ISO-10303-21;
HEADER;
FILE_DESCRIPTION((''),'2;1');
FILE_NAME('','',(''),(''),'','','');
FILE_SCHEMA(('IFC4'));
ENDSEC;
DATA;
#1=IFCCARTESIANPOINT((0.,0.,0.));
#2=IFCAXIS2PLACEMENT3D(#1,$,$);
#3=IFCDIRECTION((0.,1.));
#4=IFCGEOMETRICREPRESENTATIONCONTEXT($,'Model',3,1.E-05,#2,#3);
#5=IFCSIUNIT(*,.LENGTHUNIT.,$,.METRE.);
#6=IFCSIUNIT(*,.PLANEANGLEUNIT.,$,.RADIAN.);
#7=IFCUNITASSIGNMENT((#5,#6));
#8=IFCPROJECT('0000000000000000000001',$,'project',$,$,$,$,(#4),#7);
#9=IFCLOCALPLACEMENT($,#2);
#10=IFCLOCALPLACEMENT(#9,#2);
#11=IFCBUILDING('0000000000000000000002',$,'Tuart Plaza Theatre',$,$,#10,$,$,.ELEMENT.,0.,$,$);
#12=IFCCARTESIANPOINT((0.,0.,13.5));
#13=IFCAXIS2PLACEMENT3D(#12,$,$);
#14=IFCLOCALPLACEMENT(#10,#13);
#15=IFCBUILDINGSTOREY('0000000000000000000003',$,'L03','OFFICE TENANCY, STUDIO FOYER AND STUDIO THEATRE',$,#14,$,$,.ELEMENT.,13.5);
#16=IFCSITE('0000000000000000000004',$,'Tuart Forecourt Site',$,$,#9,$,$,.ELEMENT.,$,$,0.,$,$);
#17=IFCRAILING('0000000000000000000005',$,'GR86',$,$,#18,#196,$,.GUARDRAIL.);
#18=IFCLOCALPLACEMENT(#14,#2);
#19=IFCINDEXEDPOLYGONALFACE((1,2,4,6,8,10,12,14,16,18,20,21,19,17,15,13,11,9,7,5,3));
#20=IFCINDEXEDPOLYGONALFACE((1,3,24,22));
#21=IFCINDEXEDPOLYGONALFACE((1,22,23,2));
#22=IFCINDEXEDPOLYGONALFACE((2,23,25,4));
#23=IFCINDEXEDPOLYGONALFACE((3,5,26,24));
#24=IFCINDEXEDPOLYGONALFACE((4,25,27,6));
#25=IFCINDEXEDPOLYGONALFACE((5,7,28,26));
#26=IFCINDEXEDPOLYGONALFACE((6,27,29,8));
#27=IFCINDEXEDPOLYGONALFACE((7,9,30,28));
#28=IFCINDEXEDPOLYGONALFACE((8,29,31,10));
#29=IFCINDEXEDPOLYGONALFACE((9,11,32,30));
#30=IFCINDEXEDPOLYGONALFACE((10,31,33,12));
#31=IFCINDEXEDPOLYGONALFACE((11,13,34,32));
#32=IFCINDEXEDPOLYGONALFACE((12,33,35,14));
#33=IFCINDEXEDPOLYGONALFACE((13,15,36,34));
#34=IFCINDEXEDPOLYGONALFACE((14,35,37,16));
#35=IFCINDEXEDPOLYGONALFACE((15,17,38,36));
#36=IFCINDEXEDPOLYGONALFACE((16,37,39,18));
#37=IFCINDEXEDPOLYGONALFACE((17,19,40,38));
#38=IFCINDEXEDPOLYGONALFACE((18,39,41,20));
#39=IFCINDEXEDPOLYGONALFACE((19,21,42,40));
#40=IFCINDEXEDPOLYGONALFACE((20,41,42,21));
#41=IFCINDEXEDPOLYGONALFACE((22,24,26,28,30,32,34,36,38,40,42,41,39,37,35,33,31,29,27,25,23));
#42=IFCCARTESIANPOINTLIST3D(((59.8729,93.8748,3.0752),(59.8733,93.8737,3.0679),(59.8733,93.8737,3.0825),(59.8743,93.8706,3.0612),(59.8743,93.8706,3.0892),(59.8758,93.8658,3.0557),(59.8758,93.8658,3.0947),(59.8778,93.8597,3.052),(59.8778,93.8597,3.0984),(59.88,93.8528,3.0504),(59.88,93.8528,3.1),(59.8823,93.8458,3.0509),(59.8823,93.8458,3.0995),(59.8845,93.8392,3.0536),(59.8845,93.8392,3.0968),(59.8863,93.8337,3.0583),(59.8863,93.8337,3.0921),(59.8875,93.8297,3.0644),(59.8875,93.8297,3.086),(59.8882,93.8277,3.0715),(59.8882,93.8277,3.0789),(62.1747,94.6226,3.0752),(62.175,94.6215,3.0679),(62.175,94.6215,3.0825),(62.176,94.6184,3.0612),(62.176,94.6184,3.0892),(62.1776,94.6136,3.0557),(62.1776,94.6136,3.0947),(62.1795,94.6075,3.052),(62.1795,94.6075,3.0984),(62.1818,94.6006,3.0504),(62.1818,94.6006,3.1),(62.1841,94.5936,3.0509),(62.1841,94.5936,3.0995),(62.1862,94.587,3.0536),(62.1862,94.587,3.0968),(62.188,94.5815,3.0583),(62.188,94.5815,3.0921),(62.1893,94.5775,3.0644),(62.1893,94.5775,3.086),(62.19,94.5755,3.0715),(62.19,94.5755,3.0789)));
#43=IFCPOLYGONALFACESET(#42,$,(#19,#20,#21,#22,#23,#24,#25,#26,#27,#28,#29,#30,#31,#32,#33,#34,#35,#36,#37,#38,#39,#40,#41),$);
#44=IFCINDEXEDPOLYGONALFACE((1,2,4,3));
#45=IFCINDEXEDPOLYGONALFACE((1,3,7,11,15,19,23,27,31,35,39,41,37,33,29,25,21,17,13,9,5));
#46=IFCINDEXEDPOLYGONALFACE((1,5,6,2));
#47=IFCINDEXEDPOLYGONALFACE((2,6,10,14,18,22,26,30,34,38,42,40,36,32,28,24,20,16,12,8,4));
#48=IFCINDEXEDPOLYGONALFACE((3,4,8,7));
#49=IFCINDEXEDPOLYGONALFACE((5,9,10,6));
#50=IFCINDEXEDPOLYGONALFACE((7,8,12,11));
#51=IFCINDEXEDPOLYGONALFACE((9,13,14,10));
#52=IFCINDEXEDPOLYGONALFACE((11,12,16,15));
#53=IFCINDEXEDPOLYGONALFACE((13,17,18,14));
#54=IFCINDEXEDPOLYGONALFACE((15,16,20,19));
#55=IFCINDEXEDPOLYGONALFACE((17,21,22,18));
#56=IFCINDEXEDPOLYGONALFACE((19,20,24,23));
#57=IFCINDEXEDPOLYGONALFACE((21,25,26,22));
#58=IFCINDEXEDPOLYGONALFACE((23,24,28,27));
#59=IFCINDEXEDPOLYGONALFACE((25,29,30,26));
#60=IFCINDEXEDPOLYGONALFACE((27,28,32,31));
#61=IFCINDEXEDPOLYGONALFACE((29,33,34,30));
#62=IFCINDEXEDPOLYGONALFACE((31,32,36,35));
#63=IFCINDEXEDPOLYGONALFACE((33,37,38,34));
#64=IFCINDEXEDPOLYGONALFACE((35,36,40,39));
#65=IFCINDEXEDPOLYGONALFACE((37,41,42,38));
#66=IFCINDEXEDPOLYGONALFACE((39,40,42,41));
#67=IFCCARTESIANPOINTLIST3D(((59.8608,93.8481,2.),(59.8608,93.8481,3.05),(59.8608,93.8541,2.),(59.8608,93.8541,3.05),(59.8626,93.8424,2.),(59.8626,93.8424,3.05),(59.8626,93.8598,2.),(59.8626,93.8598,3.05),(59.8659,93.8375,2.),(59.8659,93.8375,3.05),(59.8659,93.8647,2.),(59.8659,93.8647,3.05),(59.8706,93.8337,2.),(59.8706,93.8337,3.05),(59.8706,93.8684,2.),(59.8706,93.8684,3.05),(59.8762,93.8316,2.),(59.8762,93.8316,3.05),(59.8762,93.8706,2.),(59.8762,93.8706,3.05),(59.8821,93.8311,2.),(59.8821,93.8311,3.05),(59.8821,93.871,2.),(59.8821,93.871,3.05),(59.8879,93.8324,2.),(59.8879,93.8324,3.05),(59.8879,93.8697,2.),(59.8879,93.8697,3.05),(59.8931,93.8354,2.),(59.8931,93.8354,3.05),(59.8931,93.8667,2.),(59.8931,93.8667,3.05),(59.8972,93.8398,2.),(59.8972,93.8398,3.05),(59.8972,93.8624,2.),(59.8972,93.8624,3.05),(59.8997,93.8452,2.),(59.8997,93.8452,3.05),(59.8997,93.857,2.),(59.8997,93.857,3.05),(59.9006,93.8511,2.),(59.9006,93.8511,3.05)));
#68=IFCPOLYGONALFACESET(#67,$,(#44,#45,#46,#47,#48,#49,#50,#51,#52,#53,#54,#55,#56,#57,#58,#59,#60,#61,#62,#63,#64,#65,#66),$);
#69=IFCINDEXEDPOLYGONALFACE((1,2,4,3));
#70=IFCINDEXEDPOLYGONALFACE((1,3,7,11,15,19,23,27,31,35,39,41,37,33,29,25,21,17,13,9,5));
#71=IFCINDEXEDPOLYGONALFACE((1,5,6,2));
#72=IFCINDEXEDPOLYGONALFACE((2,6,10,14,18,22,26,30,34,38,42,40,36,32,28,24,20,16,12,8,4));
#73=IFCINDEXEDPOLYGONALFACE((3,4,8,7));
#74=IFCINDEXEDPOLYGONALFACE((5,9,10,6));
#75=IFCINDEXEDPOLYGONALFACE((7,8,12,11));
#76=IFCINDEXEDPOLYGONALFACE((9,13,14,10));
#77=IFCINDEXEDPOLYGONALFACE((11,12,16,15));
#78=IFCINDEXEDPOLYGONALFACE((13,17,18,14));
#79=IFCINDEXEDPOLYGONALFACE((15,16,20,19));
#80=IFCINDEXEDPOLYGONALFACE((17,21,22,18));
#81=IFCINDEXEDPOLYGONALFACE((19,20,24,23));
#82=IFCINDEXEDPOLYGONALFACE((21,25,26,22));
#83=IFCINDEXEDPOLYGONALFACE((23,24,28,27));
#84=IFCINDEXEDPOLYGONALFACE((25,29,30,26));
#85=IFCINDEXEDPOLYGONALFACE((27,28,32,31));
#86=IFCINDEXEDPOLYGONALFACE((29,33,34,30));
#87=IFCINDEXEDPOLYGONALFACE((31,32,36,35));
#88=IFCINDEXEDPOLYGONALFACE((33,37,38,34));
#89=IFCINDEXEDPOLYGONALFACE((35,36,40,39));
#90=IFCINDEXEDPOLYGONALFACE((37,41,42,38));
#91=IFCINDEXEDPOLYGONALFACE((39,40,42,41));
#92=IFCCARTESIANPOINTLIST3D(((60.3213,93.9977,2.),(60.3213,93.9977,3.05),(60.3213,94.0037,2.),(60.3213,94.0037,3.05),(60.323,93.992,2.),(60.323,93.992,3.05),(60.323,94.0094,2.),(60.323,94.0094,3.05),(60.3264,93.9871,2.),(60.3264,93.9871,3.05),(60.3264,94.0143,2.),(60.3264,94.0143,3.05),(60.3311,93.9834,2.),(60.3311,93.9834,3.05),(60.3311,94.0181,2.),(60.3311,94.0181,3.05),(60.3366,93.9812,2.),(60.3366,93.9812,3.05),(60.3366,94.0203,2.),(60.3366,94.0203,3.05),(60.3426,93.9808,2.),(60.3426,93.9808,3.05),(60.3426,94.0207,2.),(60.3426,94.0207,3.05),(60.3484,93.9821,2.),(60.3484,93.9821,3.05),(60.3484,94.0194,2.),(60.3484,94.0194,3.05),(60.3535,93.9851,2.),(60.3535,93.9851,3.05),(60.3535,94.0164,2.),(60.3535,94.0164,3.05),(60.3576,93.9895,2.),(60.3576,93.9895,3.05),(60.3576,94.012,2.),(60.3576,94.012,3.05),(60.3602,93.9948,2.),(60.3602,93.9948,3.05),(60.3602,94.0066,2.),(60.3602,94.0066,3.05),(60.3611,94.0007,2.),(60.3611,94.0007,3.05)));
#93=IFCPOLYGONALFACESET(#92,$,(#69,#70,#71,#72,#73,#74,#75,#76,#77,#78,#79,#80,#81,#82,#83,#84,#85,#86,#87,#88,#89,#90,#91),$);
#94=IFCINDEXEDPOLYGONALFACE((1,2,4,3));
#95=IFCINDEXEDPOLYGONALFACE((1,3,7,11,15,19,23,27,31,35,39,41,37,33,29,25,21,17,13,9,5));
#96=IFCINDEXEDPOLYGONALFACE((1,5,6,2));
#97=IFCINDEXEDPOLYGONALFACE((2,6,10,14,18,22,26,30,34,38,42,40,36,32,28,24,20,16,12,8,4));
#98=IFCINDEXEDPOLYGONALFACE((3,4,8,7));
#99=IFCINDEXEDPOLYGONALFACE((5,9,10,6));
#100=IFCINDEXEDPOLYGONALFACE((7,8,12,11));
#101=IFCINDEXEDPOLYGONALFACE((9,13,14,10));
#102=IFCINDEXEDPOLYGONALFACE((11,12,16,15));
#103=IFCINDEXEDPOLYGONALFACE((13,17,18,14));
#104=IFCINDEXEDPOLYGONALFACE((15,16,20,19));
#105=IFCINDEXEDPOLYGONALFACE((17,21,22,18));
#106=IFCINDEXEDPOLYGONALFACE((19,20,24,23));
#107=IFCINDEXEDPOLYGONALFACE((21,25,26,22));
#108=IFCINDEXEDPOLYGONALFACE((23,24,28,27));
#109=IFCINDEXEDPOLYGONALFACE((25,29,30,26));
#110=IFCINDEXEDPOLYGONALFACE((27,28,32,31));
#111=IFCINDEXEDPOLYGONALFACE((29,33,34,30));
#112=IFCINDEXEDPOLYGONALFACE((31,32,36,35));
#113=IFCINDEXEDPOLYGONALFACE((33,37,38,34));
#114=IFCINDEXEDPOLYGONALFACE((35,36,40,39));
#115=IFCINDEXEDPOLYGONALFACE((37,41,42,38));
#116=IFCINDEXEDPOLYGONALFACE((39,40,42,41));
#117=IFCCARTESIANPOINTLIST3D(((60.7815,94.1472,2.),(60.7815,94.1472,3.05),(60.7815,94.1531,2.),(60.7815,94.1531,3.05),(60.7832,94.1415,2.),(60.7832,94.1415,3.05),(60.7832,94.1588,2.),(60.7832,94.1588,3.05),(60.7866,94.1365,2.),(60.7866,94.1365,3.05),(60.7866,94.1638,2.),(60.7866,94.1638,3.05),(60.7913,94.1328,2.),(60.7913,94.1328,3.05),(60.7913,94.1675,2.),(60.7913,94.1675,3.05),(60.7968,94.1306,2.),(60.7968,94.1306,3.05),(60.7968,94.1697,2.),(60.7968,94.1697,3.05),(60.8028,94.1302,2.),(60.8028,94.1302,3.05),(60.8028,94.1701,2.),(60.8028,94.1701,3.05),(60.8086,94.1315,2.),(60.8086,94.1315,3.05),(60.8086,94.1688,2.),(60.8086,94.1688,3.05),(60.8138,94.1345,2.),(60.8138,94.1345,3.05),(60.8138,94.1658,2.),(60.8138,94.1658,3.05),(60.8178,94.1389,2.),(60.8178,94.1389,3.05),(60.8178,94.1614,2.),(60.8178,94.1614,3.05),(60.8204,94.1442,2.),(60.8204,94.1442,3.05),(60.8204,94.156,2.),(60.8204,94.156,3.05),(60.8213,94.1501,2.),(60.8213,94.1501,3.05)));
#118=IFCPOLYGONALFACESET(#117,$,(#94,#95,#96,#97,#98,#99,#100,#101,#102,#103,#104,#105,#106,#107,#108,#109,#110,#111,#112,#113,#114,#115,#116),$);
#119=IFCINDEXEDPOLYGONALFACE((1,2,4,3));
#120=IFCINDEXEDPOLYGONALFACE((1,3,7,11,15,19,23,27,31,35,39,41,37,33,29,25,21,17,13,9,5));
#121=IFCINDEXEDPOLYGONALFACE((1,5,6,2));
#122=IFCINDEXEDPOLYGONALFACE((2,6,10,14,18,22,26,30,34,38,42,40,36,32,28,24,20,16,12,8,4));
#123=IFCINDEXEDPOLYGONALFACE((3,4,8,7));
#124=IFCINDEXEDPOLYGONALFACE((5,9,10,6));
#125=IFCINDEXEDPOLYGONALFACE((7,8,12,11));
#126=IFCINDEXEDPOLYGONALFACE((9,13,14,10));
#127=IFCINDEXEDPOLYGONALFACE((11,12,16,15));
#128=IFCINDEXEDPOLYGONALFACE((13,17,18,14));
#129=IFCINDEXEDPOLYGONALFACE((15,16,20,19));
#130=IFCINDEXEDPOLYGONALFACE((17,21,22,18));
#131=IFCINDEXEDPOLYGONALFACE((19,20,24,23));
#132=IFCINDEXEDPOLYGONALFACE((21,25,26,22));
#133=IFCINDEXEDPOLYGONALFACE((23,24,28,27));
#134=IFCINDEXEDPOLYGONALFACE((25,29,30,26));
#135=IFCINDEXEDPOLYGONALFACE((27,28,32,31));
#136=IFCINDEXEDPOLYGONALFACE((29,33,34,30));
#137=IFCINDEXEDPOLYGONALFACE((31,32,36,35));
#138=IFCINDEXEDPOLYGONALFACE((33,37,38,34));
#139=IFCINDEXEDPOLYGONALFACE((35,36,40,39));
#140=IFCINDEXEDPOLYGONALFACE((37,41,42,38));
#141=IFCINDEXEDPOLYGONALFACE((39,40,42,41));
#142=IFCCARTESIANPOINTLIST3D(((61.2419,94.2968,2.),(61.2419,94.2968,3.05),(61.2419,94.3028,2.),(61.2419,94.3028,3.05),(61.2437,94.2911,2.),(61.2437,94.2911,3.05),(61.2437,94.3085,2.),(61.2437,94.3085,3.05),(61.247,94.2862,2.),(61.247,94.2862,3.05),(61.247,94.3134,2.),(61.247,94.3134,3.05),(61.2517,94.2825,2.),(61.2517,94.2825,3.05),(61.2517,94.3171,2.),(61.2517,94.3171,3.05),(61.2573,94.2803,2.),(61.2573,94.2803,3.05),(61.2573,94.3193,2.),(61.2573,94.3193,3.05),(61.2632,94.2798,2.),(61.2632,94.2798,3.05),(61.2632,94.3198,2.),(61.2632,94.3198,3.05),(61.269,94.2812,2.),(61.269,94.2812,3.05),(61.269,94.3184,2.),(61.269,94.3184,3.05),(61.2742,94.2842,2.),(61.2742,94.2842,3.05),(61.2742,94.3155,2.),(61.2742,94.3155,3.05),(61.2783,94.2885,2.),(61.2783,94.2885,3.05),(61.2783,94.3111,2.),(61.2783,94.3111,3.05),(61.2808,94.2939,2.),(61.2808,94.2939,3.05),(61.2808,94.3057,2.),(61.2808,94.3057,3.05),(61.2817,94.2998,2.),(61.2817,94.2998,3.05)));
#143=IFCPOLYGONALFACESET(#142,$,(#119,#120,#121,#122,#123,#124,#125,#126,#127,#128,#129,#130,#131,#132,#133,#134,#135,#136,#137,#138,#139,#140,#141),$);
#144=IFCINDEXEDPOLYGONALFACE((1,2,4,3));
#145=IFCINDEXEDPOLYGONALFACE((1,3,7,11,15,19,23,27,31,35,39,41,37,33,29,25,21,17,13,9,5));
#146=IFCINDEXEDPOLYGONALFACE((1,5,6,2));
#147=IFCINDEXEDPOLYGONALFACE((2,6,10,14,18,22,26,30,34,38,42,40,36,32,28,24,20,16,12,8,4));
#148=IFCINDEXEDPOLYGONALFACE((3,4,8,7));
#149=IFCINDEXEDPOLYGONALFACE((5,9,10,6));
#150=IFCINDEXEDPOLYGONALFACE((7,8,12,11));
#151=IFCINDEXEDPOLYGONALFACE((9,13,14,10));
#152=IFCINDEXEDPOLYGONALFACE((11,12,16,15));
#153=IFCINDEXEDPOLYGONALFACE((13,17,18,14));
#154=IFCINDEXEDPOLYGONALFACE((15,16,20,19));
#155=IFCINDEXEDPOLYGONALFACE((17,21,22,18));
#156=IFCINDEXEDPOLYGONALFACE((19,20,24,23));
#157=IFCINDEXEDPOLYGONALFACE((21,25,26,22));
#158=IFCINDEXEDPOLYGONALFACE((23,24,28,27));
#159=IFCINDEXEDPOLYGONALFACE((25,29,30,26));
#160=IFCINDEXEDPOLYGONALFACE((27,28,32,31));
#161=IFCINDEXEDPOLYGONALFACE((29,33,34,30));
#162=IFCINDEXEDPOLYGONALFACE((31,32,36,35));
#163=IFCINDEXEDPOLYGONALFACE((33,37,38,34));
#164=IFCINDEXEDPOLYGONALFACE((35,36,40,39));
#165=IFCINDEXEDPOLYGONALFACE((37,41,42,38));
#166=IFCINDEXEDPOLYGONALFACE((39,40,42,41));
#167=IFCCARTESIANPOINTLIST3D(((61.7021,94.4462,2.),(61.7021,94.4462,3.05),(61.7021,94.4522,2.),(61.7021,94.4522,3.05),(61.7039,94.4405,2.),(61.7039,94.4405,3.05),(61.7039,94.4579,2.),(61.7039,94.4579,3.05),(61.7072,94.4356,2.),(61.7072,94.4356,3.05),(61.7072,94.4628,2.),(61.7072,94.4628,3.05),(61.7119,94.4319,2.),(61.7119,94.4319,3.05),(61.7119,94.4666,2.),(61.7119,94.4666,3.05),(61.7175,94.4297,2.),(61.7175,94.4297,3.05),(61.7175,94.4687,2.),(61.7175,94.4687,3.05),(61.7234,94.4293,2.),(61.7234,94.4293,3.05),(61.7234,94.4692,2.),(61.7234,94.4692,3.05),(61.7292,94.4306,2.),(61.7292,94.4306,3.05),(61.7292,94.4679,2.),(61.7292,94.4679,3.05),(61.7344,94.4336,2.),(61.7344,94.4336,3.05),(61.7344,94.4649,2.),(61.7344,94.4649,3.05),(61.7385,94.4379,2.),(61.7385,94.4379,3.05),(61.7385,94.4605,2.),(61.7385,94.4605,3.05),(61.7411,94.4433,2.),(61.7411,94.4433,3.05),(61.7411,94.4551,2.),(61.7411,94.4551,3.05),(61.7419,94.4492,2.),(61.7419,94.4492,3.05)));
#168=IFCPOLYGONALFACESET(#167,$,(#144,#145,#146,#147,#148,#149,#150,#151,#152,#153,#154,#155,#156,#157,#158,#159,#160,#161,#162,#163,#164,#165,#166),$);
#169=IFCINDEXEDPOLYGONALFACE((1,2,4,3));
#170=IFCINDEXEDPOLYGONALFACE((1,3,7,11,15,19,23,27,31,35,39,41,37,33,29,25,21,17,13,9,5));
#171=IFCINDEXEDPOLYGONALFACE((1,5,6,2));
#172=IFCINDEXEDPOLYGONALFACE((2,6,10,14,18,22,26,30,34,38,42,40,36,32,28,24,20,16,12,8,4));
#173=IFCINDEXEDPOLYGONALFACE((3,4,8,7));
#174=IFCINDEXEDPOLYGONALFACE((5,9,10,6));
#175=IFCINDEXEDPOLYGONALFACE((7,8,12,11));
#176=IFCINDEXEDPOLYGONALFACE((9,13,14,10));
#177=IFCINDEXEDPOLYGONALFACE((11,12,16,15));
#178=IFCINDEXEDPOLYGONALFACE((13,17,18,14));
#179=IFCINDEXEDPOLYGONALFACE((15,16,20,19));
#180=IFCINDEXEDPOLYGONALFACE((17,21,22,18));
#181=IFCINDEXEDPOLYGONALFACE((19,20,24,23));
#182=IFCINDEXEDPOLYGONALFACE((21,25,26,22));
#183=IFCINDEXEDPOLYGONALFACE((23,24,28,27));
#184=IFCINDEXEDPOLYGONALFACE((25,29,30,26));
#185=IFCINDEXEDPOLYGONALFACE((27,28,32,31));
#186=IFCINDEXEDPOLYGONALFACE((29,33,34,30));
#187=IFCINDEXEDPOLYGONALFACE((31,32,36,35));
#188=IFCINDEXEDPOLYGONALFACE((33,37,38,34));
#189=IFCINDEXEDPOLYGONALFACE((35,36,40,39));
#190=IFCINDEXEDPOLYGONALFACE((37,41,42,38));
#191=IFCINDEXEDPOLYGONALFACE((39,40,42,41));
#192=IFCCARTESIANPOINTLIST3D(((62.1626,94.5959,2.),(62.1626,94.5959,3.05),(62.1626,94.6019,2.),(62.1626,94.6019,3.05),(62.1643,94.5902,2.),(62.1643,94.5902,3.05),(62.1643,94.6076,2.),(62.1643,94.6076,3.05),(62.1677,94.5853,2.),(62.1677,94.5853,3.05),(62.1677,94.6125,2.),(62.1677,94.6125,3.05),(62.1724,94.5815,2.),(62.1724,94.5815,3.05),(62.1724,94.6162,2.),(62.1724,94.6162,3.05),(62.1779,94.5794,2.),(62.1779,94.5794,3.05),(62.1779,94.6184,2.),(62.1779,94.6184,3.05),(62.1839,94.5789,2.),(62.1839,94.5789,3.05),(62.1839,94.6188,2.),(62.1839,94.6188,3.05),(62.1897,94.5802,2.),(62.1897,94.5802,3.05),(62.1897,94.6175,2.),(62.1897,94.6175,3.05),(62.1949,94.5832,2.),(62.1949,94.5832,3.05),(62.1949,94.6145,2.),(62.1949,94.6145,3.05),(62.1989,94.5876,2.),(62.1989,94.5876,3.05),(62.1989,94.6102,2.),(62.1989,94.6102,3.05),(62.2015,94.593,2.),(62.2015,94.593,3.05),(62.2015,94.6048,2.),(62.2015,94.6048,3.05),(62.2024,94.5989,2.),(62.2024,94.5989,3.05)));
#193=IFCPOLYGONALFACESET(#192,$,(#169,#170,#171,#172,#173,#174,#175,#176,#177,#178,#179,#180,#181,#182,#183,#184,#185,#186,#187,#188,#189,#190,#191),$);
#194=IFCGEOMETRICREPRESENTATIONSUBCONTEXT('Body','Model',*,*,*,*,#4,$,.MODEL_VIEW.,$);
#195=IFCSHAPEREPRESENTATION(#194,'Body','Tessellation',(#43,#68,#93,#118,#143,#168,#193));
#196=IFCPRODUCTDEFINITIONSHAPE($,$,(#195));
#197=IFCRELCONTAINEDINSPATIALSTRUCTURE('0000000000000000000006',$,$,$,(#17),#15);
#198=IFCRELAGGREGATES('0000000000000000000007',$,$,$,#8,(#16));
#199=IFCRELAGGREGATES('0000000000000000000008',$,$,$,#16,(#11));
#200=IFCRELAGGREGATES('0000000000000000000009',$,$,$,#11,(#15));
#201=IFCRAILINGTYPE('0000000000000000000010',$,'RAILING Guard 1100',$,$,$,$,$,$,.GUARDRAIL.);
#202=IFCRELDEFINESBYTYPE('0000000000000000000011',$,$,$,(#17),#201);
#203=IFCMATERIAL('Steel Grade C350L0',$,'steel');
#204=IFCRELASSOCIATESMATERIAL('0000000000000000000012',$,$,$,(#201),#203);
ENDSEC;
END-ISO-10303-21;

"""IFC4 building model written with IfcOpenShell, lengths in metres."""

from ifc_helpers import new_model, si_unit, direction, frame, origin, origin_2d, place, context, subcontext, project, spatial, circle, extrude, material, type_object, element, save


model = new_model("IFC4")

# Units and contexts
model_context = context("Model", 3, precision=1e-05, world=origin(), true_north=direction((0.0, 1.0)))
body_context = subcontext(model_context, "Body", "Model", "MODEL_VIEW")
ifc_project = project(units=[si_unit("LENGTHUNIT", "METRE"), si_unit("PLANEANGLEUNIT", "RADIAN")], contexts=[model_context])

# Site, building, storey
site_placement = place(None, origin())
site = spatial("IfcSite", under=ifc_project, at=site_placement, Name="Tuart Forecourt Site", CompositionType="ELEMENT", RefElevation=0.0)
building_placement = place(site_placement, origin())
building = spatial("IfcBuilding", under=site, at=building_placement, Name="Tuart Plaza Theatre", CompositionType="ELEMENT", ElevationOfRefHeight=0.0)
storey_placement = place(building_placement, frame((0.0, 0.0, 13.5)))
storey = spatial("IfcBuildingStorey", under=building, at=storey_placement, Name="L03", Description="OFFICE TENANCY, STUDIO FOYER AND STUDIO THEATRE", CompositionType="ELEMENT", Elevation=13.5)

# Railing
ifc_material_1 = material(Name="Steel Grade C350L0", Category="steel")
railing_type_1 = type_object("IfcRailingType", Name="RAILING Guard 1100", PredefinedType="GUARDRAIL", material=ifc_material_1)
railing_1_placement = place(storey_placement, frame((59.8806, 93.8511, 2.0)))
element("IfcRailing", 1, at=railing_1_placement, inside=storey, type_object=railing_type_1, Name="GR86", PredefinedType="GUARDRAIL", context=body_context, shape_type="SweptSolid", body=[
    extrude(circle(Radius=0.0249, at=origin_2d()), frame((0.0, 0.0, 1.0752), z_axis=(0.951067, 0.308986, 0.0), x_axis=(-0.308986, 0.951067, 0.0)), (0.0, 0.0, 1.0), 2.4202),
    extrude(circle(Radius=0.02, at=origin_2d()), origin(), (0.0, 0.0, 1.0), 1.05),
    extrude(circle(Radius=0.02, at=origin_2d()), frame((0.4604, 0.1497, 0.0)), (0.0, 0.0, 1.0), 1.05),
    extrude(circle(Radius=0.02, at=origin_2d()), frame((0.9207, 0.2991, 0.0)), (0.0, 0.0, 1.0), 1.05),
    extrude(circle(Radius=0.02, at=origin_2d()), frame((1.3811, 0.4487, 0.0)), (0.0, 0.0, 1.0), 1.05),
    extrude(circle(Radius=0.02, at=origin_2d()), frame((1.8413, 0.5981, 0.0)), (0.0, 0.0, 1.0), 1.05),
    extrude(circle(Radius=0.02, at=origin_2d()), frame((2.3018, 0.7478, 0.0)), (0.0, 0.0, 1.0), 1.05),
])

save(model, "model.ifc")
